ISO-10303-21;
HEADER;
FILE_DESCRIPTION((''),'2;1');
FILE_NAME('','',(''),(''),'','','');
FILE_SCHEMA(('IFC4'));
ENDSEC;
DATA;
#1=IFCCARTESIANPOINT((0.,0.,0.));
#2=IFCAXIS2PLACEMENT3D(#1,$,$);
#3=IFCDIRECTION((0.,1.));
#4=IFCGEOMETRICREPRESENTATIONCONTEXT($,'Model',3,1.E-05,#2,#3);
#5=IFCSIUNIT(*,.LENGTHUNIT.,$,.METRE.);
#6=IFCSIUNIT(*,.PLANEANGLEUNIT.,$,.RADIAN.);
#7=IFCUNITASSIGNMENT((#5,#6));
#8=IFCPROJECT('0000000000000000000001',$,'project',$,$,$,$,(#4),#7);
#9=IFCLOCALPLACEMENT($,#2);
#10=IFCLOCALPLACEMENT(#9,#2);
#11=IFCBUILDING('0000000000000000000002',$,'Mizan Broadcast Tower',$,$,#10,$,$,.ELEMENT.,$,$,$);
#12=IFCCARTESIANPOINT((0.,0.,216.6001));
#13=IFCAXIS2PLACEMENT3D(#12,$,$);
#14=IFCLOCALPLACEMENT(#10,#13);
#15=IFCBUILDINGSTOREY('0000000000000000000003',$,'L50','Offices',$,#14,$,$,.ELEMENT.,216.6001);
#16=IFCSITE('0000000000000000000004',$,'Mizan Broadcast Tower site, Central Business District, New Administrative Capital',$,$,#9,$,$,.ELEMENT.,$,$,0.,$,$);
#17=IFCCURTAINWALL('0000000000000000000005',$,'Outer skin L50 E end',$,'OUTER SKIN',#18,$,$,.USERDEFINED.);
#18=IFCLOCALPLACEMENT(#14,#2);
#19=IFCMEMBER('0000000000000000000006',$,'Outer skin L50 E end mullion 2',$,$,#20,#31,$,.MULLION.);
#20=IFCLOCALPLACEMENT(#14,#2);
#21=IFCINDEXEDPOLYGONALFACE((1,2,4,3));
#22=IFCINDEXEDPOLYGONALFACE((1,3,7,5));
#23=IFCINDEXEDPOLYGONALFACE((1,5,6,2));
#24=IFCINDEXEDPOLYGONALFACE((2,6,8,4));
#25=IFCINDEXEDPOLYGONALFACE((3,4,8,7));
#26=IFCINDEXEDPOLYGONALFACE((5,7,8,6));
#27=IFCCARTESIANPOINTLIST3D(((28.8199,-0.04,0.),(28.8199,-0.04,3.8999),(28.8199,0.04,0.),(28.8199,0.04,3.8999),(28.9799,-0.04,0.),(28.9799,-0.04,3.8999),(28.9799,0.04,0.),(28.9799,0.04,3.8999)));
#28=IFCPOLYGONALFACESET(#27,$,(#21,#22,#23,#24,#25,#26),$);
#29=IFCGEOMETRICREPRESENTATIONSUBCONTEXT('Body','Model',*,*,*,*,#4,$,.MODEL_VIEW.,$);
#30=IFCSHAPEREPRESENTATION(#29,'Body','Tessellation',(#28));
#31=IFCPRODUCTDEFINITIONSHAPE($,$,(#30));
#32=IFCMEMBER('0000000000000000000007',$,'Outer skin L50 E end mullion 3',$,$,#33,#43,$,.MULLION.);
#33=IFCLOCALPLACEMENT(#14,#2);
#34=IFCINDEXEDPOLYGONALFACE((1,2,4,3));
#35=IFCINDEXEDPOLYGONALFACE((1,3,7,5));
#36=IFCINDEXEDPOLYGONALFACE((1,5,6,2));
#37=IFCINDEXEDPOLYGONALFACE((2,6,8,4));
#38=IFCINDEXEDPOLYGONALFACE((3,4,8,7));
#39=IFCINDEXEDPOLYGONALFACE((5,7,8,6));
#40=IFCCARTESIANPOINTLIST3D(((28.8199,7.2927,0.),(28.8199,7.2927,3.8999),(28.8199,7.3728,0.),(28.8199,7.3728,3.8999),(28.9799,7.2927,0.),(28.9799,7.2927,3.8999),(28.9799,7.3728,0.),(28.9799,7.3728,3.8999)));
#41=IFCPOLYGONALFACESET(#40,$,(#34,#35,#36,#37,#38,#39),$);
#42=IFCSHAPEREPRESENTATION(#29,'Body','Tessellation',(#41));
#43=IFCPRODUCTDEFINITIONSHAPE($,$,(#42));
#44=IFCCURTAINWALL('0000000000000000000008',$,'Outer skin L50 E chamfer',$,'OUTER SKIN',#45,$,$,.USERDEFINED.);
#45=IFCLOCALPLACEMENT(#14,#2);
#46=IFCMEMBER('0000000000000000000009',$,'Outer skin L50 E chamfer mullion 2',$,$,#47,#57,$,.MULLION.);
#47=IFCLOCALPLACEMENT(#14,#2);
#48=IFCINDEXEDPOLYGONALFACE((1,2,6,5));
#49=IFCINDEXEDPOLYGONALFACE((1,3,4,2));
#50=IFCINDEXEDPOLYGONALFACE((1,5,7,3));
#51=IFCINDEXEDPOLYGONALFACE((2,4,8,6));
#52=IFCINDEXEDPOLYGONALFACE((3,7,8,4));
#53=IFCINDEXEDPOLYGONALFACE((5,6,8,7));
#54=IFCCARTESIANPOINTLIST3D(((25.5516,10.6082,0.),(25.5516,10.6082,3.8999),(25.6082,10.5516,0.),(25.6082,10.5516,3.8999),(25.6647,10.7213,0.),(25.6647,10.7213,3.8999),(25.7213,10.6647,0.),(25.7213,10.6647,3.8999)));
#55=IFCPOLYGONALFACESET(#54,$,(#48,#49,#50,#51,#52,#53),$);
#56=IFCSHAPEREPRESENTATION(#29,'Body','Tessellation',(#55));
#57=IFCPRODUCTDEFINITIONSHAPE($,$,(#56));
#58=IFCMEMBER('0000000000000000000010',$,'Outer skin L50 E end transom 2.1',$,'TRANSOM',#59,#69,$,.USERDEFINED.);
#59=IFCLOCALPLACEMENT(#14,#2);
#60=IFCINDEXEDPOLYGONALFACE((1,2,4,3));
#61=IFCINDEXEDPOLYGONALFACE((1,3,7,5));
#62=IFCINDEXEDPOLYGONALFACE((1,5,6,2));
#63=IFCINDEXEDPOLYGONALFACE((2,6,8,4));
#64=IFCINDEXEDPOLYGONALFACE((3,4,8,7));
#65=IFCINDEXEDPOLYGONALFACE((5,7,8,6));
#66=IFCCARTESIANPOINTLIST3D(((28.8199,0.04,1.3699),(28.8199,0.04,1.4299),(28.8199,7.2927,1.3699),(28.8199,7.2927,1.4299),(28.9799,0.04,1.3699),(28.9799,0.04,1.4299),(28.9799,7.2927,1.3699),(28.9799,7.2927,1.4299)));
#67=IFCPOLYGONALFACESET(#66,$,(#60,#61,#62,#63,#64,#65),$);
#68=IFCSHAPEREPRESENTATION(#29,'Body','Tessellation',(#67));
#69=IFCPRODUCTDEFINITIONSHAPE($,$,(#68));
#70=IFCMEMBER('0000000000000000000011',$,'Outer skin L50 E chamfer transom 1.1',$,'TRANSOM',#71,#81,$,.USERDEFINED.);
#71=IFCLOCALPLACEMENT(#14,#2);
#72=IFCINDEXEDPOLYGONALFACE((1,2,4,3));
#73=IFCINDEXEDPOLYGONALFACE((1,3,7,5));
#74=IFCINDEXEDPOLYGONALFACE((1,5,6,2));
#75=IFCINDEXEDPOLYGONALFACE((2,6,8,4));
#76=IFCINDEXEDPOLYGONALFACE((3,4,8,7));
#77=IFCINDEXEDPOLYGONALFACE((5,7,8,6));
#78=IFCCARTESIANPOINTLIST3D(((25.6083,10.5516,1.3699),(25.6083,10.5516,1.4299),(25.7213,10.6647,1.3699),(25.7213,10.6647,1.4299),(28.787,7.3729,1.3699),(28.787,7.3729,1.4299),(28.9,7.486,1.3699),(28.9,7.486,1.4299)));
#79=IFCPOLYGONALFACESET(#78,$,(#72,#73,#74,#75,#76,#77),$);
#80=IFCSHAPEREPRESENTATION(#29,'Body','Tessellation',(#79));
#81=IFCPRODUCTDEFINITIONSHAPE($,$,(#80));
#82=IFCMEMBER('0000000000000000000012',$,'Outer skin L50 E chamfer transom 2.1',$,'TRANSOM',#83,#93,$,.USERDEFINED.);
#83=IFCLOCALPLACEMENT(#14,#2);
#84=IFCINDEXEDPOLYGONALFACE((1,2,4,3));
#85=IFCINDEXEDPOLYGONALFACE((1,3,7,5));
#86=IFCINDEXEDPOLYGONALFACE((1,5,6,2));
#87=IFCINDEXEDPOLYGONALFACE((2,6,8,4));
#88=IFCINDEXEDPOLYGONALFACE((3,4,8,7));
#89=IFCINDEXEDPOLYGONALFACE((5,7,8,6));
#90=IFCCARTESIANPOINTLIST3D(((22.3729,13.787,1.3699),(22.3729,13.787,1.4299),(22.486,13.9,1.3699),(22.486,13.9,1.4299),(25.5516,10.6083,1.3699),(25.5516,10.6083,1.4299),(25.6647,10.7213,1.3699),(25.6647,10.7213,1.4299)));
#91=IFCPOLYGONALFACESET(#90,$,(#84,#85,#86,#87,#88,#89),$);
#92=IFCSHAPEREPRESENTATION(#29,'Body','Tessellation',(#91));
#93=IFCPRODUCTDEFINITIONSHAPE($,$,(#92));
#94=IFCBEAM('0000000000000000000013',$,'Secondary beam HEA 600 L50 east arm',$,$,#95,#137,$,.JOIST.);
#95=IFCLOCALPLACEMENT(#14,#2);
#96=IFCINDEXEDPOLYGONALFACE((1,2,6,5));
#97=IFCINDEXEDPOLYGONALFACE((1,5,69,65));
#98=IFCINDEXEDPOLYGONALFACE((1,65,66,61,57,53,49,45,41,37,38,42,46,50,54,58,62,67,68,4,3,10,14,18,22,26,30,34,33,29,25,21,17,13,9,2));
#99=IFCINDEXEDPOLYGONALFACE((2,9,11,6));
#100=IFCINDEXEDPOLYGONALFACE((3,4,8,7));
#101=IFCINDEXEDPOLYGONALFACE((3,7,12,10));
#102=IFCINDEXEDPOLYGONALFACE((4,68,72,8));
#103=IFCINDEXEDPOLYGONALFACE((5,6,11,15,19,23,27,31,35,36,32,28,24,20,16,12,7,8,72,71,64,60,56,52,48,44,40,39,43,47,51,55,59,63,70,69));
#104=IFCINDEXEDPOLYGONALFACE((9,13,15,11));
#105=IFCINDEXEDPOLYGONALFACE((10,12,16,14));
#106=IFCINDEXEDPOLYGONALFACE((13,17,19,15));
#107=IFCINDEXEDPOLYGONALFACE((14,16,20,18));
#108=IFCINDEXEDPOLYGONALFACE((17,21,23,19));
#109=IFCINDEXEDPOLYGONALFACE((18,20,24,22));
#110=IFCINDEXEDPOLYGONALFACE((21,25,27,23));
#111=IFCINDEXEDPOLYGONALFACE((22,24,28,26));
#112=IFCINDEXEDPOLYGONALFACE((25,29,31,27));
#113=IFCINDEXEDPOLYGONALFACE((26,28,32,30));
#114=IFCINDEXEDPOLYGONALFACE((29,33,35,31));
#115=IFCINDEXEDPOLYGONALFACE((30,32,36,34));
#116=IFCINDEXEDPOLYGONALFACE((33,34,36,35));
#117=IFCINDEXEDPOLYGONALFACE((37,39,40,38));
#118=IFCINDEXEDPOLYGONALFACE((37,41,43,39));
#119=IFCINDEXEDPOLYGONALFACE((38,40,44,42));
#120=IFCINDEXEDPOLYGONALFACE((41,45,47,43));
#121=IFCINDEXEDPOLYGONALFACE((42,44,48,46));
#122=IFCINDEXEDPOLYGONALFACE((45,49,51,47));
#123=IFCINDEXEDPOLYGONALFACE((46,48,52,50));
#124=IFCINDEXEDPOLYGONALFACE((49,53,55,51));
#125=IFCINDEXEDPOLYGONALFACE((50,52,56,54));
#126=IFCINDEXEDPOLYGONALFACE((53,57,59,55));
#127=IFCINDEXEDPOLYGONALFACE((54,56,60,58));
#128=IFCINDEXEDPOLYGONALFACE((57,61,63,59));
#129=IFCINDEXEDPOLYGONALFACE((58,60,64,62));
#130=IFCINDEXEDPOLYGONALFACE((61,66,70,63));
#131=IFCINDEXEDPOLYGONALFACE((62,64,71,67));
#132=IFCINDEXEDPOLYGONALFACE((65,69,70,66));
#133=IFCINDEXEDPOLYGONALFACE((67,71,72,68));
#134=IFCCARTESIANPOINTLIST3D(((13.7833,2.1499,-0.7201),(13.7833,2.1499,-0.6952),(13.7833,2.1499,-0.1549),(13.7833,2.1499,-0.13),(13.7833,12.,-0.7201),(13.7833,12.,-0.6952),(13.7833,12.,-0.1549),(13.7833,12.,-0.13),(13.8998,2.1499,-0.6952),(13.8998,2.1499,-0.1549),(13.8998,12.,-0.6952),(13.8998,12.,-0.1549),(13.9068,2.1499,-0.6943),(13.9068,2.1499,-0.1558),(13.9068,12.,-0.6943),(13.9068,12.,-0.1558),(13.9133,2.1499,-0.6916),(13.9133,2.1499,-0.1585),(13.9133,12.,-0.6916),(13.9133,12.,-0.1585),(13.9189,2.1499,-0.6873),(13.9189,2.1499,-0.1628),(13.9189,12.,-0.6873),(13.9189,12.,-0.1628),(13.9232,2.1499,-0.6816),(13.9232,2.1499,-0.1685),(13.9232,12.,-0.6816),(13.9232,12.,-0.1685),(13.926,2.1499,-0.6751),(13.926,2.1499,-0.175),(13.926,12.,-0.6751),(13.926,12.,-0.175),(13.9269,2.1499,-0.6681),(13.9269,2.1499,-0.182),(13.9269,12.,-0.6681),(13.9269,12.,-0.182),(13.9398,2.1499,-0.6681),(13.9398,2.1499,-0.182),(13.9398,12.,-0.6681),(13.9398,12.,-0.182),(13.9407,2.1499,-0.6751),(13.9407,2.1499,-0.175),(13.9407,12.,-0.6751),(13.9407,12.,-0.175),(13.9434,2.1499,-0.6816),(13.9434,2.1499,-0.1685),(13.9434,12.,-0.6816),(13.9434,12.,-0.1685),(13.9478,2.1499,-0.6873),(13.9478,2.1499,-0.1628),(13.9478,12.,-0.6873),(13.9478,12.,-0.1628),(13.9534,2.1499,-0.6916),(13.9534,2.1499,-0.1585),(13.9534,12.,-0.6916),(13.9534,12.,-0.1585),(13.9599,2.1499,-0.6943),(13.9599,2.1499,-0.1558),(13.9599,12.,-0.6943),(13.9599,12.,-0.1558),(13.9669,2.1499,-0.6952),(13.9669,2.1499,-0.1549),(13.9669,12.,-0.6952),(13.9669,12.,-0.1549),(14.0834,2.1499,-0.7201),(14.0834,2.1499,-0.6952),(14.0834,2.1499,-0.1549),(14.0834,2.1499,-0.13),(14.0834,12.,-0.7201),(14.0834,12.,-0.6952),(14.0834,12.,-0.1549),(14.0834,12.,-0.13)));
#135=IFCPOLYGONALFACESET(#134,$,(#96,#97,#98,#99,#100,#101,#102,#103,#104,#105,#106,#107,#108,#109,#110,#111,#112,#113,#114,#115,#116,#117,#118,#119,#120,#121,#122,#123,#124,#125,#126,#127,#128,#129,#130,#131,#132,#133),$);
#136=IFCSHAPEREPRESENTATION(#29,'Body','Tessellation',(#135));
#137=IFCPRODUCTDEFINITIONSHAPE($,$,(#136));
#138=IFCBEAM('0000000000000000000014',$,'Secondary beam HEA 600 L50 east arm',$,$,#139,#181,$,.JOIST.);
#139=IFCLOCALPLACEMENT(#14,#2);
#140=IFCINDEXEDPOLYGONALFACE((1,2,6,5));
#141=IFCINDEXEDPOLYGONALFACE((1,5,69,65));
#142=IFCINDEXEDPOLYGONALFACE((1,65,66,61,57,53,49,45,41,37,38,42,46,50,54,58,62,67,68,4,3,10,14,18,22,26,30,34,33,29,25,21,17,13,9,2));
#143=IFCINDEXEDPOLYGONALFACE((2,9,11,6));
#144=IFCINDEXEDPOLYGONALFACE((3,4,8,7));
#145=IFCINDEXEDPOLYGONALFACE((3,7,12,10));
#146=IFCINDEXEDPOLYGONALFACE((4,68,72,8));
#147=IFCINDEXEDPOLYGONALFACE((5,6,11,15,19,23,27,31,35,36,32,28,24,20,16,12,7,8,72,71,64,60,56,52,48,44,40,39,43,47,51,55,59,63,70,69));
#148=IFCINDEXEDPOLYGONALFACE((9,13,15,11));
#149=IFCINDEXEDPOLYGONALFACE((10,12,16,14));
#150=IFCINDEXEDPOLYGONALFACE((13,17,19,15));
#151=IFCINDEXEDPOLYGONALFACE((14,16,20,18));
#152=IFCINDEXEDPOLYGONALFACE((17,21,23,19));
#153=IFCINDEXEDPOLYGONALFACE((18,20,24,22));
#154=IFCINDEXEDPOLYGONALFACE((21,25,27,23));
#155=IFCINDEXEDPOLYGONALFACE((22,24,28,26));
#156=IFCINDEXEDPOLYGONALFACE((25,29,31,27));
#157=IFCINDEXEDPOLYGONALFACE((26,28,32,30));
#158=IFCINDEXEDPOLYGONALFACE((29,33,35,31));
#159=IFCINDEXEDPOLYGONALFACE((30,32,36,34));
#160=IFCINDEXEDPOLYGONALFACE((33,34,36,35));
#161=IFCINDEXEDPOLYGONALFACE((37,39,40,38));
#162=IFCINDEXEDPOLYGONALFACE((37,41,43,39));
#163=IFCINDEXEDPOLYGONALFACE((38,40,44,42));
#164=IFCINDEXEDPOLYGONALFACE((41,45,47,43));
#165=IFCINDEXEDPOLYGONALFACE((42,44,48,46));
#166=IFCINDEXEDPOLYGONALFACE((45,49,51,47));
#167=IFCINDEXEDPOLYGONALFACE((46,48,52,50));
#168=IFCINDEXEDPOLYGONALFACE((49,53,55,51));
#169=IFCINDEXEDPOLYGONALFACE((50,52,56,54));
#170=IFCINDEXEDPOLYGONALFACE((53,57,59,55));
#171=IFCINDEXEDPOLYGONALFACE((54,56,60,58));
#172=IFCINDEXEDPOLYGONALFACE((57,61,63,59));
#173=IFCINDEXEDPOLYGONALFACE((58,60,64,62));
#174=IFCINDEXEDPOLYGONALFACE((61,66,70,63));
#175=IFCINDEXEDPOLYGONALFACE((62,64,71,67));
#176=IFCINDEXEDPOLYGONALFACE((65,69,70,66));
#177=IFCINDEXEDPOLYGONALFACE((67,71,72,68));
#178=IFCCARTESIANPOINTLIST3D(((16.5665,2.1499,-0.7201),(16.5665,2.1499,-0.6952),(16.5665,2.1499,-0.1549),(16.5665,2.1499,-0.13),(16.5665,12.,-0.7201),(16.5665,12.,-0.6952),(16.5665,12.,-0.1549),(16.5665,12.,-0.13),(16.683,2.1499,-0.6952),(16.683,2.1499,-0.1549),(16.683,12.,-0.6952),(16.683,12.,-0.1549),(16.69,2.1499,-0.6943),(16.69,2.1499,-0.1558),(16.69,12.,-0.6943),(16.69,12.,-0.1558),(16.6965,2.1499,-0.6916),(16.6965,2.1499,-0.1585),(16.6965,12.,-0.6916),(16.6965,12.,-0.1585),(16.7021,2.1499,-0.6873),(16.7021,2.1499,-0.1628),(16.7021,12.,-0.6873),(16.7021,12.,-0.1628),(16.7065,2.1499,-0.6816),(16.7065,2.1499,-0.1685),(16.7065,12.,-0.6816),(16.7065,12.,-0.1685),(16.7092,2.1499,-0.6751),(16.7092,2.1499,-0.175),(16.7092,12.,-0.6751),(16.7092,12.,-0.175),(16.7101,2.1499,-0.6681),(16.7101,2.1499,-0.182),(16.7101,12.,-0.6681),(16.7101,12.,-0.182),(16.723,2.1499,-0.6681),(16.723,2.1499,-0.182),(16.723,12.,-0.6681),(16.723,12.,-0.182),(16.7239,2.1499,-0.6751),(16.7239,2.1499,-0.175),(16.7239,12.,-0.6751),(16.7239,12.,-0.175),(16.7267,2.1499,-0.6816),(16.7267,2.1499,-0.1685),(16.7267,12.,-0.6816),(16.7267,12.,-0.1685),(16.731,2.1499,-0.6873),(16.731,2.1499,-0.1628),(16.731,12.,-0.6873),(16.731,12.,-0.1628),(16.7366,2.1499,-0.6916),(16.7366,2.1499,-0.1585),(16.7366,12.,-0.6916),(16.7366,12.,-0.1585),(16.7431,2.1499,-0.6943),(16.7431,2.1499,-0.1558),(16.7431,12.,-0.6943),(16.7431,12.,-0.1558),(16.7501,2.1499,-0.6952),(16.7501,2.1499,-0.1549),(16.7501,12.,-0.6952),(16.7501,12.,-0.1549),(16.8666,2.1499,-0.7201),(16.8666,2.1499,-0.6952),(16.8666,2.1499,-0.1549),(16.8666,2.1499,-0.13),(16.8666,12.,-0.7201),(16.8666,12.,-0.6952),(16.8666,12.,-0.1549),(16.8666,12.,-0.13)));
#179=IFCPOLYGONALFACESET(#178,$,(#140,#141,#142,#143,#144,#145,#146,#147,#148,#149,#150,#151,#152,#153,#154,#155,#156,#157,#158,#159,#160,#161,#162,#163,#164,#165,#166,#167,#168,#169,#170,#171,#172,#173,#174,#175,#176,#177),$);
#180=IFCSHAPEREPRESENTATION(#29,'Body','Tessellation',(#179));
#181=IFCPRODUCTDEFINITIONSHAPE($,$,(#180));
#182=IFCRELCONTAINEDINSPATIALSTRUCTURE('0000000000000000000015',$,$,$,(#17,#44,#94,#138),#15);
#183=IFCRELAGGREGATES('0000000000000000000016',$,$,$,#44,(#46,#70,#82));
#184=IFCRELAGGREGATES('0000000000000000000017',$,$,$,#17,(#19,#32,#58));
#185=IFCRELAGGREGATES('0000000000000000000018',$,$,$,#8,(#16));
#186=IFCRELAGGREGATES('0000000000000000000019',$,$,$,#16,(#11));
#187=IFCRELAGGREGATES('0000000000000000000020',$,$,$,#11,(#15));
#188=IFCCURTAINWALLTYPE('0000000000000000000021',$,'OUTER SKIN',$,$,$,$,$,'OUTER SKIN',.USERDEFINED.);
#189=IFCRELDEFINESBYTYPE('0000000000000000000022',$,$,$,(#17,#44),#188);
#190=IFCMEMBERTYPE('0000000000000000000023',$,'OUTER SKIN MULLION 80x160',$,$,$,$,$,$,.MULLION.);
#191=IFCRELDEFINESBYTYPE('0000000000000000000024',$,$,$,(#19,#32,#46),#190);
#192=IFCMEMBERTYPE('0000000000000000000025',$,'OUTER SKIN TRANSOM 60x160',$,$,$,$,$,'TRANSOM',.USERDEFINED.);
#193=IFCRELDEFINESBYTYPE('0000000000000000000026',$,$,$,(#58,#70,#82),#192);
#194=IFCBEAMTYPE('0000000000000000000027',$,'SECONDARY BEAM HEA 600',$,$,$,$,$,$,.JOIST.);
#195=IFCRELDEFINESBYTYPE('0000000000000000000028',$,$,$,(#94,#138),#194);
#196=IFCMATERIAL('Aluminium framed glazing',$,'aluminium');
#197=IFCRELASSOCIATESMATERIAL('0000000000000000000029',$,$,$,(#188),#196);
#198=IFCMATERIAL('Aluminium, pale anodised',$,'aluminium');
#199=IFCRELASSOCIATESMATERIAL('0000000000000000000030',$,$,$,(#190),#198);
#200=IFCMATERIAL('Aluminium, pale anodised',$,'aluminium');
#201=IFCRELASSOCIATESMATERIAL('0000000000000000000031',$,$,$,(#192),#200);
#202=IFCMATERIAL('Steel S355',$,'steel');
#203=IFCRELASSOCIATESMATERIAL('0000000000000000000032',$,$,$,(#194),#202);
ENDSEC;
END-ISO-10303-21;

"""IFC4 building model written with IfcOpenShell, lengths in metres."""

from ifc_helpers import new_model, si_unit, direction, frame, origin, origin_2d, place, context, subcontext, project, spatial, rectangle, i_section, extrude, material, material_profile, profile_set, type_object, element, aggregate, save


model = new_model("IFC4")

# Units and contexts
model_context = context("Model", 3, precision=1e-05, world=origin(), true_north=direction((0.0, 1.0)))
body_context = subcontext(model_context, "Body", "Model", "MODEL_VIEW")
ifc_project = project(units=[si_unit("LENGTHUNIT", "METRE"), si_unit("PLANEANGLEUNIT", "RADIAN")], contexts=[model_context])

# Site, building, storey
site_placement = place(None, origin())
site = spatial("IfcSite", under=ifc_project, at=site_placement, Name="Mizan Broadcast Tower site, Central Business District, New Administrative Capital", CompositionType="ELEMENT", RefElevation=0.0)
building_placement = place(site_placement, origin())
building = spatial("IfcBuilding", under=site, at=building_placement, Name="Mizan Broadcast Tower", CompositionType="ELEMENT")
storey_placement = place(building_placement, frame((0.0, 0.0, 216.6001)))
storey = spatial("IfcBuildingStorey", under=building, at=storey_placement, Name="L50", Description="Offices", CompositionType="ELEMENT", Elevation=216.6001)

# Curtain wall, members
ifc_material_1 = material(Name="Aluminium framed glazing", Category="aluminium")
curtain_wall_type_1 = type_object("IfcCurtainWallType", Name="OUTER SKIN", ElementType="OUTER SKIN", PredefinedType="USERDEFINED", material=ifc_material_1)
curtain_wall_1_placement = place(storey_placement, origin())
curtain_wall_1 = element("IfcCurtainWall", 1, at=curtain_wall_1_placement, inside=storey, type_object=curtain_wall_type_1, Name="Outer skin L50 E end", ObjectType="OUTER SKIN", PredefinedType="USERDEFINED")
ifc_material_2 = material(Name="Aluminium, pale anodised", Category="aluminium")
ifc_material_profile_1 = material_profile(ifc_material_2, rectangle(XDim=0.1599, YDim=0.0801, at=origin_2d()), Name="MULLION 160x80")
ifc_profile_set_1 = profile_set([ifc_material_profile_1], Name="Aluminium, pale anodised")
member_type_1 = type_object("IfcMemberType", Name="OUTER SKIN MULLION 80x160", PredefinedType="MULLION", material=ifc_profile_set_1)
member_1_placement = place(storey_placement, frame((28.8999, 0.0, 0.0), z_axis=(0.0, 0.0, 1.0), x_axis=(-1.0, 0.0, 0.0)))
member_1 = element("IfcMember", 2, at=member_1_placement, type_object=member_type_1, Name="Outer skin L50 E end mullion 2", PredefinedType="MULLION", context=body_context, shape_type="SweptSolid", body=[
    extrude(rectangle(XDim=0.1599, YDim=0.0801, at=origin_2d()), origin(), (0.0, 0.0, 1.0), 3.8999),
])
member_2_placement = place(storey_placement, frame((28.8999, 7.3328, 0.0), z_axis=(0.0, 0.0, 1.0), x_axis=(-1.0, 0.0, 0.0)))
member_2 = element("IfcMember", 3, at=member_2_placement, type_object=member_type_1, Name="Outer skin L50 E end mullion 3", PredefinedType="MULLION", context=body_context, shape_type="SweptSolid", body=[
    extrude(rectangle(XDim=0.1599, YDim=0.0801, at=origin_2d()), origin(), (0.0, 0.0, 1.0), 3.8999),
])

# Curtain wall, member
curtain_wall_2_placement = place(storey_placement, origin())
curtain_wall_2 = element("IfcCurtainWall", 4, at=curtain_wall_2_placement, inside=storey, type_object=curtain_wall_type_1, Name="Outer skin L50 E chamfer", ObjectType="OUTER SKIN", PredefinedType="USERDEFINED")
member_3_placement = place(storey_placement, frame((25.6365, 10.6365, 0.0), z_axis=(0.0, 0.0, 1.0), x_axis=(-0.707107, -0.707107, 0.0)))
member_3 = element("IfcMember", 5, at=member_3_placement, type_object=member_type_1, Name="Outer skin L50 E chamfer mullion 2", PredefinedType="MULLION", context=body_context, shape_type="SweptSolid", body=[
    extrude(rectangle(XDim=0.1599, YDim=0.0801, at=origin_2d()), origin(), (0.0, 0.0, 1.0), 3.8999),
])

# Members
ifc_material_3 = material(Name="Aluminium, pale anodised", Category="aluminium")
ifc_material_profile_2 = material_profile(ifc_material_3, rectangle(XDim=0.1599, YDim=0.0601, at=origin_2d()), Name="TRANSOM 160x60")
ifc_profile_set_2 = profile_set([ifc_material_profile_2], Name="Aluminium, pale anodised")
member_type_2 = type_object("IfcMemberType", Name="OUTER SKIN TRANSOM 60x160", ElementType="TRANSOM", PredefinedType="USERDEFINED", material=ifc_profile_set_2)
member_4_placement = place(storey_placement, frame((28.8999, 0.04, 1.3999), z_axis=(0.0, 1.0, 0.0), x_axis=(-1.0, 0.0, 0.0)))
member_4 = element("IfcMember", 6, at=member_4_placement, type_object=member_type_2, Name="Outer skin L50 E end transom 2.1", ObjectType="TRANSOM", PredefinedType="USERDEFINED", context=body_context, shape_type="SweptSolid", body=[
    extrude(rectangle(XDim=0.1599, YDim=0.0601, at=origin_2d()), origin(), (0.0, 0.0, 1.0), 7.2527),
])
member_5_placement = place(storey_placement, frame((28.8435, 7.4294, 1.3999), z_axis=(-0.707107, 0.707107, 0.0), x_axis=(-0.707107, -0.707107, 0.0)))
member_5 = element("IfcMember", 7, at=member_5_placement, type_object=member_type_2, Name="Outer skin L50 E chamfer transom 1.1", ObjectType="TRANSOM", PredefinedType="USERDEFINED", context=body_context, shape_type="SweptSolid", body=[
    extrude(rectangle(XDim=0.1599, YDim=0.0601, at=origin_2d()), origin(), (0.0, 0.0, 1.0), 4.4954),
])
member_6_placement = place(storey_placement, frame((25.6082, 10.6648, 1.3999), z_axis=(-0.707107, 0.707107, 0.0), x_axis=(-0.707107, -0.707107, 0.0)))
member_6 = element("IfcMember", 8, at=member_6_placement, type_object=member_type_2, Name="Outer skin L50 E chamfer transom 2.1", ObjectType="TRANSOM", PredefinedType="USERDEFINED", context=body_context, shape_type="SweptSolid", body=[
    extrude(rectangle(XDim=0.1599, YDim=0.0601, at=origin_2d()), origin(), (0.0, 0.0, 1.0), 4.4954),
])

# Beams
ifc_material_4 = material(Name="Steel S355", Category="steel")
ifc_material_profile_3 = material_profile(ifc_material_4, i_section(OverallWidth=0.3, OverallDepth=0.5901, WebThickness=0.0129, FlangeThickness=0.0249, FilletRadius=0.0271, at=origin_2d()), Name="HEA 600")
ifc_profile_set_3 = profile_set([ifc_material_profile_3], Name="Steel S355")
beam_type_1 = type_object("IfcBeamType", Name="SECONDARY BEAM HEA 600", PredefinedType="JOIST", material=ifc_profile_set_3)
for number, where, z_axis, x_axis, name in (
    (9, (13.9333, 12.0, -0.425), (0.0, -1.0, 0.0), (1.0, 0.0, 0.0), "Secondary beam HEA 600 L50 east arm"),
    (10, (16.7166, 12.0, -0.425), (0.0, -1.0, 0.0), (1.0, 0.0, 0.0), "Secondary beam HEA 600 L50 east arm"),
):
    element("IfcBeam", number, at=place(storey_placement, frame(where, z_axis=z_axis, x_axis=x_axis)), inside=storey, type_object=beam_type_1, Name=name, PredefinedType="JOIST", context=body_context, shape_type="SweptSolid", body=[
        extrude(i_section(OverallWidth=0.3, OverallDepth=0.5901, WebThickness=0.0129, FlangeThickness=0.0249, FilletRadius=0.0271, at=origin_2d()), origin(), (0.0, 0.0, 1.0), 9.8501),
    ])

aggregate(curtain_wall_2, [member_3, member_5, member_6])
aggregate(curtain_wall_1, [member_1, member_2, member_4])

save(model, "model.ifc")
